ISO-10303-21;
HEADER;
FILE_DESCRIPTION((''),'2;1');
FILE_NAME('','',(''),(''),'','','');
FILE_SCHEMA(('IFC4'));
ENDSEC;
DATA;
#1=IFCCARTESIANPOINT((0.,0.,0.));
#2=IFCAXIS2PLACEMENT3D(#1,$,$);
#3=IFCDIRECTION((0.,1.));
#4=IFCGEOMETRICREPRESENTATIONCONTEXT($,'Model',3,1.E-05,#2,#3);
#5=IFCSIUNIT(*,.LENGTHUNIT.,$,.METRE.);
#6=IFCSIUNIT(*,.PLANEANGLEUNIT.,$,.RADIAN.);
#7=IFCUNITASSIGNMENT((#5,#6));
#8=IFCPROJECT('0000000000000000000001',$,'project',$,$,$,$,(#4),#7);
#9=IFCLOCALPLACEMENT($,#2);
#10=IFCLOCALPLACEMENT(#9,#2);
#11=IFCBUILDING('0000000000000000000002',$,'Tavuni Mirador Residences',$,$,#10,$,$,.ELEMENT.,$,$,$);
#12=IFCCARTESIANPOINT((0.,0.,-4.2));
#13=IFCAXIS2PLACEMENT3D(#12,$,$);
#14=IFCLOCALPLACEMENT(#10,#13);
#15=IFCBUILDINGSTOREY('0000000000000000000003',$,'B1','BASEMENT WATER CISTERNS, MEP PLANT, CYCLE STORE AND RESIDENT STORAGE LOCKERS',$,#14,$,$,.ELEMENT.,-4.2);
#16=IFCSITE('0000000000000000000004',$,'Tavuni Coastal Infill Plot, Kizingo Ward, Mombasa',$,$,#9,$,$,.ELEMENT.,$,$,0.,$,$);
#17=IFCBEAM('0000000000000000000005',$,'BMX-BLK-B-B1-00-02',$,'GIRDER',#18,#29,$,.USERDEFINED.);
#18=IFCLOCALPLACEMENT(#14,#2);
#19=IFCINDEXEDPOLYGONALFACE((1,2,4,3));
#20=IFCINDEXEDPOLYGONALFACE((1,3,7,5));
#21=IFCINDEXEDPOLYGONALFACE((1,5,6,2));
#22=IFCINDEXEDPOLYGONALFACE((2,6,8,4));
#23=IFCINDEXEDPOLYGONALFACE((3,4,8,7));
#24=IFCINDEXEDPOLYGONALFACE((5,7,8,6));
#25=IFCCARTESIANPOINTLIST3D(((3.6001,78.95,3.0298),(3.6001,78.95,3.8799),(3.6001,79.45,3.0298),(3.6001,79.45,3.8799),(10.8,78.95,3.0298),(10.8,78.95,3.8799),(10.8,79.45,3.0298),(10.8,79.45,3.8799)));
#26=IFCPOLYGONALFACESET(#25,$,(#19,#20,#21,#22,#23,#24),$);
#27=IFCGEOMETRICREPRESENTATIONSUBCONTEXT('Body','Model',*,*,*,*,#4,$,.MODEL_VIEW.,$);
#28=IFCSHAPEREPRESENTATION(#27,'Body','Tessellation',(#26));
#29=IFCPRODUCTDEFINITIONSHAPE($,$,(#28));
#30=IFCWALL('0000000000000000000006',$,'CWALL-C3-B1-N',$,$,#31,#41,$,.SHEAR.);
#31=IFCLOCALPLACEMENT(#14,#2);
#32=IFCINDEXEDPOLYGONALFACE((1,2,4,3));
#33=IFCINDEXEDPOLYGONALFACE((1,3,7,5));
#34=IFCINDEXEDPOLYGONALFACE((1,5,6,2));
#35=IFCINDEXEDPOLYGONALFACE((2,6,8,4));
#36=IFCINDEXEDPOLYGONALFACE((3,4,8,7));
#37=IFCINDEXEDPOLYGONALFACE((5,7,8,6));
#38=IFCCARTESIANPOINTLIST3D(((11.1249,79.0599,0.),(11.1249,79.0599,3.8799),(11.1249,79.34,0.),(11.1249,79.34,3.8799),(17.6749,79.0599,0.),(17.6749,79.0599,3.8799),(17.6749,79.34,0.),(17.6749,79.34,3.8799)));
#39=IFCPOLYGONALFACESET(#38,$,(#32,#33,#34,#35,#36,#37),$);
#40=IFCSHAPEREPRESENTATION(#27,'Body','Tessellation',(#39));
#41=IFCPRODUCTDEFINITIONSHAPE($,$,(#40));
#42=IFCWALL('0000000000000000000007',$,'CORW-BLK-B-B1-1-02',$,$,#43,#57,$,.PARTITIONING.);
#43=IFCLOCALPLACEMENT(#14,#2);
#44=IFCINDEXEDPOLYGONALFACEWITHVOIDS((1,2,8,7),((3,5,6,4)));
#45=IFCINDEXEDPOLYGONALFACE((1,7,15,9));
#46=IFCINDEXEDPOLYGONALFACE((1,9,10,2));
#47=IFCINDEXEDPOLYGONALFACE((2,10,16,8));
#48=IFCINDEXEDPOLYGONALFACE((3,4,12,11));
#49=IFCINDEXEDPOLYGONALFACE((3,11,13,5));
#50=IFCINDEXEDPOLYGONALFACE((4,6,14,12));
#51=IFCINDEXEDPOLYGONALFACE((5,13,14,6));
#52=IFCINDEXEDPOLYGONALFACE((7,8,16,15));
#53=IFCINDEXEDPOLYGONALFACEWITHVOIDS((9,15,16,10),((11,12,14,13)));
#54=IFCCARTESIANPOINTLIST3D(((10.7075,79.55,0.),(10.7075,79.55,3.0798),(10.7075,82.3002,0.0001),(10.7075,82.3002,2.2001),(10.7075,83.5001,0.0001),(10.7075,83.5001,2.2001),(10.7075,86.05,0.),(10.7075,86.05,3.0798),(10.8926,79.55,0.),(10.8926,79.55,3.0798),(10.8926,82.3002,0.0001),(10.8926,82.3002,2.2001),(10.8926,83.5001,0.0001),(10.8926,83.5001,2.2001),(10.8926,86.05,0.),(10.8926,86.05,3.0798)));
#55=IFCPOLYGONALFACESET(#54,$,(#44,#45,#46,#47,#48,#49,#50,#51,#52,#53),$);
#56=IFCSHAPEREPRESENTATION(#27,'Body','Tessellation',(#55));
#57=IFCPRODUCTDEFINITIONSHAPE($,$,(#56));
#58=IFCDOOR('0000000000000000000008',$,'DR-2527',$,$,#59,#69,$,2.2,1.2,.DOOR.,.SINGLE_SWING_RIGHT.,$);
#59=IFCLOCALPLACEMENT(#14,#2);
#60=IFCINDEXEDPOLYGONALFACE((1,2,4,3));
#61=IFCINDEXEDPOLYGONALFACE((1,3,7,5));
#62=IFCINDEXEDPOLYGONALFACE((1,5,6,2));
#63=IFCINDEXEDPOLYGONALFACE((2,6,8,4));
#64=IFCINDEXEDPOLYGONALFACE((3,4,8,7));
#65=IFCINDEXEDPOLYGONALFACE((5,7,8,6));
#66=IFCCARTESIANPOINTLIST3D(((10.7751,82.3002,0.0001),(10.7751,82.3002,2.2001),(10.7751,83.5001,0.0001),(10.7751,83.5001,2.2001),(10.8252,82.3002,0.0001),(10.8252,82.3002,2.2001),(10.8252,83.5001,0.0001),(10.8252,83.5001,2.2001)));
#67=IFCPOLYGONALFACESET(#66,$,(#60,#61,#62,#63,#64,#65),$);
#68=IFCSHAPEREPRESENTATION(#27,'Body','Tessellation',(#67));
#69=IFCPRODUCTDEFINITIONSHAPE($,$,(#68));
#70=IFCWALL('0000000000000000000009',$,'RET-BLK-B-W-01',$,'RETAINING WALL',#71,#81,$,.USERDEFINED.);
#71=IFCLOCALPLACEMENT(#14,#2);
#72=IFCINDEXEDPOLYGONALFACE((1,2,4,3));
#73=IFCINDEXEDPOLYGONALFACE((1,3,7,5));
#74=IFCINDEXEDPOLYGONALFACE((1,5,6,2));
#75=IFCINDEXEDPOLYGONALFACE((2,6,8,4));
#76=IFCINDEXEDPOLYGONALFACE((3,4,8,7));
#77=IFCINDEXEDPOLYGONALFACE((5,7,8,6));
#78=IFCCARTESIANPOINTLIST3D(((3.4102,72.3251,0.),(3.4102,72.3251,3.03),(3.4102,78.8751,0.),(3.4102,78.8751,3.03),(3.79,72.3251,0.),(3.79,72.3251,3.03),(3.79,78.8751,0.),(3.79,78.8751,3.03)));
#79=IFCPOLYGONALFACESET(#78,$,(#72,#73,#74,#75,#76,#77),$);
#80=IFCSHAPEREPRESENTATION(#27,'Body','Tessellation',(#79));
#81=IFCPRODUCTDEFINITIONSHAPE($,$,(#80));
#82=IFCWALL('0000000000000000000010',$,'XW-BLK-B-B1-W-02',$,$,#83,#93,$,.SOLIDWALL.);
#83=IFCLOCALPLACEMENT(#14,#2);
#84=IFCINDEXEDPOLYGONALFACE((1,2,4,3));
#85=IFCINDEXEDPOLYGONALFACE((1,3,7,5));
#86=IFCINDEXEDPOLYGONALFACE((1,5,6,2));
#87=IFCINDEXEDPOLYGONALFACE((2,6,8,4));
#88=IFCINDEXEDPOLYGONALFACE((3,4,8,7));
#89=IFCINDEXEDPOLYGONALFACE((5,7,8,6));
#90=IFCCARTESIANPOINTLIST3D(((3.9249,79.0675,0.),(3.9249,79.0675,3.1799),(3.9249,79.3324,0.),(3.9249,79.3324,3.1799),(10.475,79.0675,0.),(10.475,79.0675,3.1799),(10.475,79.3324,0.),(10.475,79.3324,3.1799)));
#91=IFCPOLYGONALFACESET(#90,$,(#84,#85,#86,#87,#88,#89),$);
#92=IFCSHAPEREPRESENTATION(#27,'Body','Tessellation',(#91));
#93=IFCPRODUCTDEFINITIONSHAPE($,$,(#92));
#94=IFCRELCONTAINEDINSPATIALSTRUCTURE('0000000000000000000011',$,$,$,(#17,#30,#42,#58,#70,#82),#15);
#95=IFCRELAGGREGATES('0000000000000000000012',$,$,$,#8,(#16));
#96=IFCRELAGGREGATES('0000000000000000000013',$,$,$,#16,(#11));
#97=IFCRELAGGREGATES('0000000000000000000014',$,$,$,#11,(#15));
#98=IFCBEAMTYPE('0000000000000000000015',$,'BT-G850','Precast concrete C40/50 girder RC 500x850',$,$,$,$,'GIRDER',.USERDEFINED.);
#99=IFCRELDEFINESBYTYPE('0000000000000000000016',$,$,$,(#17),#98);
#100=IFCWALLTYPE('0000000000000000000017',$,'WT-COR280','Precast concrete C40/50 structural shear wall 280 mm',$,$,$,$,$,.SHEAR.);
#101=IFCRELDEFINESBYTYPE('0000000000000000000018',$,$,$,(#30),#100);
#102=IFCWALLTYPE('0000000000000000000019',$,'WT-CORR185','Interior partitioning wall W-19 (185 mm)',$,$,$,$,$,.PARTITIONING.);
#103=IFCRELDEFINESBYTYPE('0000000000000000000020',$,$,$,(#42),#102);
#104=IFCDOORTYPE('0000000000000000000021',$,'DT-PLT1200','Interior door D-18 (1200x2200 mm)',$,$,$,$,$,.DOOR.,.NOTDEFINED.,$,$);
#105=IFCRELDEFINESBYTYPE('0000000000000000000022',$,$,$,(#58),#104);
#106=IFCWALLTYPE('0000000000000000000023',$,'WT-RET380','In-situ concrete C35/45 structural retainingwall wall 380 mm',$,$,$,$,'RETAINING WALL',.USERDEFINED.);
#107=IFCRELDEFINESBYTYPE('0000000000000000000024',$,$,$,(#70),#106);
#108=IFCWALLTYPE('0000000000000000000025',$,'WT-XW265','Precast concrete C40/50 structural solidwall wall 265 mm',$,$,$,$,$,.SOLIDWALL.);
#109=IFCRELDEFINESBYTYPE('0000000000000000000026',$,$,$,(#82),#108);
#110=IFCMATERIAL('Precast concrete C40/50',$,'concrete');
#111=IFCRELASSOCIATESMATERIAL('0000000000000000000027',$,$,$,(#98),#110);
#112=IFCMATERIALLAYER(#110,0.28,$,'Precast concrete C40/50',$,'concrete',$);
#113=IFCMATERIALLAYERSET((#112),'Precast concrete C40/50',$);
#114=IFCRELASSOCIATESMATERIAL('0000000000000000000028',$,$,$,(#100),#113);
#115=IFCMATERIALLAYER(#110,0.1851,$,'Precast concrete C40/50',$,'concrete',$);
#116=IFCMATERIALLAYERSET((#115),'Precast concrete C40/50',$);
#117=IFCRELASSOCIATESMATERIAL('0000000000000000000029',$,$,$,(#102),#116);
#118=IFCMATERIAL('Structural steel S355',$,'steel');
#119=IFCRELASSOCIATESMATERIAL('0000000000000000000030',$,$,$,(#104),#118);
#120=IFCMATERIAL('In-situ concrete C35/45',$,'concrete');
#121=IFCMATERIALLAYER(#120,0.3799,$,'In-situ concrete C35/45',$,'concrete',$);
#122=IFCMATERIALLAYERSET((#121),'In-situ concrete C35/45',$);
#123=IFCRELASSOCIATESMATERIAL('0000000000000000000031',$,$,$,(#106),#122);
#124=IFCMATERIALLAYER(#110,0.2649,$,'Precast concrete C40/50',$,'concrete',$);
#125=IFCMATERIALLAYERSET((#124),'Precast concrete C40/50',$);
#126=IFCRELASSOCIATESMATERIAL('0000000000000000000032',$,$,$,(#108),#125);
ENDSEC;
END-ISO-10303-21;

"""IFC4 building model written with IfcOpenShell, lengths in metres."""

from ifc_helpers import new_model, si_unit, direction, frame, frame_2d, origin, origin_2d, place, context, subcontext, project, spatial, rectangle, extrude, material, layer, layer_set, material_profile, profile_set, type_object, element, fill, save


model = new_model("IFC4")

# Units and contexts
model_context = context("Model", 3, precision=1e-05, world=origin(), true_north=direction((0.0, 1.0)))
body_context = subcontext(model_context, "Body", "Model", "MODEL_VIEW")
ifc_project = project(units=[si_unit("LENGTHUNIT", "METRE"), si_unit("PLANEANGLEUNIT", "RADIAN")], contexts=[model_context])

# Site, building, storey
site_placement = place(None, origin())
site = spatial("IfcSite", under=ifc_project, at=site_placement, Name="Tavuni Coastal Infill Plot, Kizingo Ward, Mombasa", CompositionType="ELEMENT", RefElevation=0.0)
building_placement = place(site_placement, origin())
building = spatial("IfcBuilding", under=site, at=building_placement, Name="Tavuni Mirador Residences", CompositionType="ELEMENT")
storey_placement = place(building_placement, frame((0.0, 0.0, -4.2)))
storey = spatial("IfcBuildingStorey", under=building, at=storey_placement, Name="B1", Description="BASEMENT WATER CISTERNS, MEP PLANT, CYCLE STORE AND RESIDENT STORAGE LOCKERS", CompositionType="ELEMENT", Elevation=-4.2)

# Shared definitions
ifc_material_1 = material(Name="In-situ concrete C35/45", Category="concrete")

# Beam
ifc_material_2 = material(Name="Precast concrete C40/50", Category="concrete")
ifc_material_profile_1 = material_profile(ifc_material_2, rectangle(XDim=0.5, YDim=0.8501, at=origin_2d()), Name="RC 500x850", Category="concrete")
ifc_profile_set_1 = profile_set([ifc_material_profile_1], Name="Precast concrete C40/50")
beam_type_1 = type_object("IfcBeamType", Name="BT-G850", Description="Precast concrete C40/50 girder RC 500x850", ElementType="GIRDER", PredefinedType="USERDEFINED", material=ifc_profile_set_1)
beam_1_placement = place(storey_placement, frame((3.6001, 79.2, 3.4548), z_axis=(1.0, 0.0, 0.0), x_axis=(0.0, 1.0, 0.0)))
element("IfcBeam", 1, at=beam_1_placement, inside=storey, type_object=beam_type_1, Name="BMX-BLK-B-B1-00-02", ObjectType="GIRDER", PredefinedType="USERDEFINED", context=body_context, shape_type="SweptSolid", body=[
    extrude(rectangle(XDim=0.5, YDim=0.8501, at=origin_2d()), origin(), (0.0, 0.0, 1.0), 7.2),
])

# Wall
ifc_layer_1 = layer(ifc_material_2, 0.28, Name="Precast concrete C40/50", Category="concrete")
ifc_layer_set_1 = layer_set([ifc_layer_1], Name="Precast concrete C40/50")
wall_type_1 = type_object("IfcWallType", Name="WT-COR280", Description="Precast concrete C40/50 structural shear wall 280 mm", PredefinedType="SHEAR", material=ifc_layer_set_1)
wall_1_placement = place(storey_placement, frame((11.125, 79.2, 0.0), z_axis=(0.0, 0.0, 1.0), x_axis=(1.0, 0.0, 0.0)))
element("IfcWall", 2, at=wall_1_placement, inside=storey, type_object=wall_type_1, Name="CWALL-C3-B1-N", PredefinedType="SHEAR", context=body_context, shape_type="SweptSolid", body=[
    extrude(rectangle(XDim=6.55, YDim=0.28, at=frame_2d((3.2749, 0.0))), origin(), (0.0, 0.0, 1.0), 3.8799),
])

# Wall, opening, door
ifc_layer_2 = layer(ifc_material_2, 0.1851, Name="Precast concrete C40/50", Category="concrete")
ifc_layer_set_2 = layer_set([ifc_layer_2], Name="Precast concrete C40/50")
wall_type_2 = type_object("IfcWallType", Name="WT-CORR185", Description="Interior partitioning wall W-19 (185 mm)", PredefinedType="PARTITIONING", material=ifc_layer_set_2)
wall_2_placement = place(storey_placement, frame((10.8, 79.55, 0.0), z_axis=(0.0, 0.0, 1.0), x_axis=(0.0, 1.0, 0.0)))
wall_2 = element("IfcWall", 3, at=wall_2_placement, inside=storey, type_object=wall_type_2, Name="CORW-BLK-B-B1-1-02", PredefinedType="PARTITIONING", context=body_context, shape_type="SweptSolid", body=[
    extrude(rectangle(XDim=6.5, YDim=0.1851, at=frame_2d((3.25, 0.0))), origin(), (0.0, 0.0, 1.0), 3.0798),
])
opening_placement = place(wall_2_placement, frame((2.75, 0.0, 0.0)))
opening = element("IfcOpeningElement", 4, at=opening_placement, cuts=wall_2, PredefinedType="OPENING", context=body_context, shape_type="SweptSolid", body=[
    extrude(rectangle(XDim=1.2, YDim=2.2, at=frame_2d((0.6001, 1.1001))), frame((0.0, 0.1025, 0.0), z_axis=(0.0, -1.0, 0.0), x_axis=(1.0, 0.0, 0.0)), (0.0, 0.0, 1.0), 0.2051),
])
ifc_material_3 = material(Name="Structural steel S355", Category="steel")
door_type = type_object("IfcDoorType", Name="DT-PLT1200", Description="Interior door D-18 (1200x2200 mm)", OperationType="NOTDEFINED", PredefinedType="DOOR", material=ifc_material_3)
door_placement = place(opening_placement, origin())
door = element("IfcDoor", 5, at=door_placement, inside=storey, type_object=door_type, Name="DR-2527", OperationType="SINGLE_SWING_RIGHT", OverallHeight=2.2, OverallWidth=1.2, PredefinedType="DOOR", context=body_context, shape_type="SweptSolid", body=[
    extrude(rectangle(XDim=1.2, YDim=2.2, at=frame_2d((0.6001, 1.1001))), frame((0.0, 0.0249, 0.0), z_axis=(0.0, -1.0, 0.0), x_axis=(1.0, 0.0, 0.0)), (0.0, 0.0, 1.0), 0.05),
])
fill(opening, door)

# Walls
ifc_layer_3 = layer(ifc_material_1, 0.3799, Name="In-situ concrete C35/45", Category="concrete")
ifc_layer_set_3 = layer_set([ifc_layer_3], Name="In-situ concrete C35/45")
wall_type_3 = type_object("IfcWallType", Name="WT-RET380", Description="In-situ concrete C35/45 structural retainingwall wall 380 mm", ElementType="RETAINING WALL", PredefinedType="USERDEFINED", material=ifc_layer_set_3)
wall_3_placement = place(storey_placement, frame((3.6001, 78.875, 0.0), z_axis=(0.0, 0.0, 1.0), x_axis=(0.0, -1.0, 0.0)))
element("IfcWall", 6, at=wall_3_placement, inside=storey, type_object=wall_type_3, Name="RET-BLK-B-W-01", ObjectType="RETAINING WALL", PredefinedType="USERDEFINED", context=body_context, shape_type="SweptSolid", body=[
    extrude(rectangle(XDim=6.55, YDim=0.3799, at=frame_2d((3.2749, 0.0))), origin(), (0.0, 0.0, 1.0), 3.03),
])
ifc_layer_4 = layer(ifc_material_2, 0.2649, Name="Precast concrete C40/50", Category="concrete")
ifc_layer_set_4 = layer_set([ifc_layer_4], Name="Precast concrete C40/50")
wall_type_4 = type_object("IfcWallType", Name="WT-XW265", Description="Precast concrete C40/50 structural solidwall wall 265 mm", PredefinedType="SOLIDWALL", material=ifc_layer_set_4)
wall_4_placement = place(storey_placement, frame((3.925, 79.2, 0.0), z_axis=(0.0, 0.0, 1.0), x_axis=(1.0, 0.0, 0.0)))
element("IfcWall", 7, at=wall_4_placement, inside=storey, type_object=wall_type_4, Name="XW-BLK-B-B1-W-02", PredefinedType="SOLIDWALL", context=body_context, shape_type="SweptSolid", body=[
    extrude(rectangle(XDim=6.55, YDim=0.2649, at=frame_2d((3.2749, 0.0))), origin(), (0.0, 0.0, 1.0), 3.1799),
])

save(model, "model.ifc")
